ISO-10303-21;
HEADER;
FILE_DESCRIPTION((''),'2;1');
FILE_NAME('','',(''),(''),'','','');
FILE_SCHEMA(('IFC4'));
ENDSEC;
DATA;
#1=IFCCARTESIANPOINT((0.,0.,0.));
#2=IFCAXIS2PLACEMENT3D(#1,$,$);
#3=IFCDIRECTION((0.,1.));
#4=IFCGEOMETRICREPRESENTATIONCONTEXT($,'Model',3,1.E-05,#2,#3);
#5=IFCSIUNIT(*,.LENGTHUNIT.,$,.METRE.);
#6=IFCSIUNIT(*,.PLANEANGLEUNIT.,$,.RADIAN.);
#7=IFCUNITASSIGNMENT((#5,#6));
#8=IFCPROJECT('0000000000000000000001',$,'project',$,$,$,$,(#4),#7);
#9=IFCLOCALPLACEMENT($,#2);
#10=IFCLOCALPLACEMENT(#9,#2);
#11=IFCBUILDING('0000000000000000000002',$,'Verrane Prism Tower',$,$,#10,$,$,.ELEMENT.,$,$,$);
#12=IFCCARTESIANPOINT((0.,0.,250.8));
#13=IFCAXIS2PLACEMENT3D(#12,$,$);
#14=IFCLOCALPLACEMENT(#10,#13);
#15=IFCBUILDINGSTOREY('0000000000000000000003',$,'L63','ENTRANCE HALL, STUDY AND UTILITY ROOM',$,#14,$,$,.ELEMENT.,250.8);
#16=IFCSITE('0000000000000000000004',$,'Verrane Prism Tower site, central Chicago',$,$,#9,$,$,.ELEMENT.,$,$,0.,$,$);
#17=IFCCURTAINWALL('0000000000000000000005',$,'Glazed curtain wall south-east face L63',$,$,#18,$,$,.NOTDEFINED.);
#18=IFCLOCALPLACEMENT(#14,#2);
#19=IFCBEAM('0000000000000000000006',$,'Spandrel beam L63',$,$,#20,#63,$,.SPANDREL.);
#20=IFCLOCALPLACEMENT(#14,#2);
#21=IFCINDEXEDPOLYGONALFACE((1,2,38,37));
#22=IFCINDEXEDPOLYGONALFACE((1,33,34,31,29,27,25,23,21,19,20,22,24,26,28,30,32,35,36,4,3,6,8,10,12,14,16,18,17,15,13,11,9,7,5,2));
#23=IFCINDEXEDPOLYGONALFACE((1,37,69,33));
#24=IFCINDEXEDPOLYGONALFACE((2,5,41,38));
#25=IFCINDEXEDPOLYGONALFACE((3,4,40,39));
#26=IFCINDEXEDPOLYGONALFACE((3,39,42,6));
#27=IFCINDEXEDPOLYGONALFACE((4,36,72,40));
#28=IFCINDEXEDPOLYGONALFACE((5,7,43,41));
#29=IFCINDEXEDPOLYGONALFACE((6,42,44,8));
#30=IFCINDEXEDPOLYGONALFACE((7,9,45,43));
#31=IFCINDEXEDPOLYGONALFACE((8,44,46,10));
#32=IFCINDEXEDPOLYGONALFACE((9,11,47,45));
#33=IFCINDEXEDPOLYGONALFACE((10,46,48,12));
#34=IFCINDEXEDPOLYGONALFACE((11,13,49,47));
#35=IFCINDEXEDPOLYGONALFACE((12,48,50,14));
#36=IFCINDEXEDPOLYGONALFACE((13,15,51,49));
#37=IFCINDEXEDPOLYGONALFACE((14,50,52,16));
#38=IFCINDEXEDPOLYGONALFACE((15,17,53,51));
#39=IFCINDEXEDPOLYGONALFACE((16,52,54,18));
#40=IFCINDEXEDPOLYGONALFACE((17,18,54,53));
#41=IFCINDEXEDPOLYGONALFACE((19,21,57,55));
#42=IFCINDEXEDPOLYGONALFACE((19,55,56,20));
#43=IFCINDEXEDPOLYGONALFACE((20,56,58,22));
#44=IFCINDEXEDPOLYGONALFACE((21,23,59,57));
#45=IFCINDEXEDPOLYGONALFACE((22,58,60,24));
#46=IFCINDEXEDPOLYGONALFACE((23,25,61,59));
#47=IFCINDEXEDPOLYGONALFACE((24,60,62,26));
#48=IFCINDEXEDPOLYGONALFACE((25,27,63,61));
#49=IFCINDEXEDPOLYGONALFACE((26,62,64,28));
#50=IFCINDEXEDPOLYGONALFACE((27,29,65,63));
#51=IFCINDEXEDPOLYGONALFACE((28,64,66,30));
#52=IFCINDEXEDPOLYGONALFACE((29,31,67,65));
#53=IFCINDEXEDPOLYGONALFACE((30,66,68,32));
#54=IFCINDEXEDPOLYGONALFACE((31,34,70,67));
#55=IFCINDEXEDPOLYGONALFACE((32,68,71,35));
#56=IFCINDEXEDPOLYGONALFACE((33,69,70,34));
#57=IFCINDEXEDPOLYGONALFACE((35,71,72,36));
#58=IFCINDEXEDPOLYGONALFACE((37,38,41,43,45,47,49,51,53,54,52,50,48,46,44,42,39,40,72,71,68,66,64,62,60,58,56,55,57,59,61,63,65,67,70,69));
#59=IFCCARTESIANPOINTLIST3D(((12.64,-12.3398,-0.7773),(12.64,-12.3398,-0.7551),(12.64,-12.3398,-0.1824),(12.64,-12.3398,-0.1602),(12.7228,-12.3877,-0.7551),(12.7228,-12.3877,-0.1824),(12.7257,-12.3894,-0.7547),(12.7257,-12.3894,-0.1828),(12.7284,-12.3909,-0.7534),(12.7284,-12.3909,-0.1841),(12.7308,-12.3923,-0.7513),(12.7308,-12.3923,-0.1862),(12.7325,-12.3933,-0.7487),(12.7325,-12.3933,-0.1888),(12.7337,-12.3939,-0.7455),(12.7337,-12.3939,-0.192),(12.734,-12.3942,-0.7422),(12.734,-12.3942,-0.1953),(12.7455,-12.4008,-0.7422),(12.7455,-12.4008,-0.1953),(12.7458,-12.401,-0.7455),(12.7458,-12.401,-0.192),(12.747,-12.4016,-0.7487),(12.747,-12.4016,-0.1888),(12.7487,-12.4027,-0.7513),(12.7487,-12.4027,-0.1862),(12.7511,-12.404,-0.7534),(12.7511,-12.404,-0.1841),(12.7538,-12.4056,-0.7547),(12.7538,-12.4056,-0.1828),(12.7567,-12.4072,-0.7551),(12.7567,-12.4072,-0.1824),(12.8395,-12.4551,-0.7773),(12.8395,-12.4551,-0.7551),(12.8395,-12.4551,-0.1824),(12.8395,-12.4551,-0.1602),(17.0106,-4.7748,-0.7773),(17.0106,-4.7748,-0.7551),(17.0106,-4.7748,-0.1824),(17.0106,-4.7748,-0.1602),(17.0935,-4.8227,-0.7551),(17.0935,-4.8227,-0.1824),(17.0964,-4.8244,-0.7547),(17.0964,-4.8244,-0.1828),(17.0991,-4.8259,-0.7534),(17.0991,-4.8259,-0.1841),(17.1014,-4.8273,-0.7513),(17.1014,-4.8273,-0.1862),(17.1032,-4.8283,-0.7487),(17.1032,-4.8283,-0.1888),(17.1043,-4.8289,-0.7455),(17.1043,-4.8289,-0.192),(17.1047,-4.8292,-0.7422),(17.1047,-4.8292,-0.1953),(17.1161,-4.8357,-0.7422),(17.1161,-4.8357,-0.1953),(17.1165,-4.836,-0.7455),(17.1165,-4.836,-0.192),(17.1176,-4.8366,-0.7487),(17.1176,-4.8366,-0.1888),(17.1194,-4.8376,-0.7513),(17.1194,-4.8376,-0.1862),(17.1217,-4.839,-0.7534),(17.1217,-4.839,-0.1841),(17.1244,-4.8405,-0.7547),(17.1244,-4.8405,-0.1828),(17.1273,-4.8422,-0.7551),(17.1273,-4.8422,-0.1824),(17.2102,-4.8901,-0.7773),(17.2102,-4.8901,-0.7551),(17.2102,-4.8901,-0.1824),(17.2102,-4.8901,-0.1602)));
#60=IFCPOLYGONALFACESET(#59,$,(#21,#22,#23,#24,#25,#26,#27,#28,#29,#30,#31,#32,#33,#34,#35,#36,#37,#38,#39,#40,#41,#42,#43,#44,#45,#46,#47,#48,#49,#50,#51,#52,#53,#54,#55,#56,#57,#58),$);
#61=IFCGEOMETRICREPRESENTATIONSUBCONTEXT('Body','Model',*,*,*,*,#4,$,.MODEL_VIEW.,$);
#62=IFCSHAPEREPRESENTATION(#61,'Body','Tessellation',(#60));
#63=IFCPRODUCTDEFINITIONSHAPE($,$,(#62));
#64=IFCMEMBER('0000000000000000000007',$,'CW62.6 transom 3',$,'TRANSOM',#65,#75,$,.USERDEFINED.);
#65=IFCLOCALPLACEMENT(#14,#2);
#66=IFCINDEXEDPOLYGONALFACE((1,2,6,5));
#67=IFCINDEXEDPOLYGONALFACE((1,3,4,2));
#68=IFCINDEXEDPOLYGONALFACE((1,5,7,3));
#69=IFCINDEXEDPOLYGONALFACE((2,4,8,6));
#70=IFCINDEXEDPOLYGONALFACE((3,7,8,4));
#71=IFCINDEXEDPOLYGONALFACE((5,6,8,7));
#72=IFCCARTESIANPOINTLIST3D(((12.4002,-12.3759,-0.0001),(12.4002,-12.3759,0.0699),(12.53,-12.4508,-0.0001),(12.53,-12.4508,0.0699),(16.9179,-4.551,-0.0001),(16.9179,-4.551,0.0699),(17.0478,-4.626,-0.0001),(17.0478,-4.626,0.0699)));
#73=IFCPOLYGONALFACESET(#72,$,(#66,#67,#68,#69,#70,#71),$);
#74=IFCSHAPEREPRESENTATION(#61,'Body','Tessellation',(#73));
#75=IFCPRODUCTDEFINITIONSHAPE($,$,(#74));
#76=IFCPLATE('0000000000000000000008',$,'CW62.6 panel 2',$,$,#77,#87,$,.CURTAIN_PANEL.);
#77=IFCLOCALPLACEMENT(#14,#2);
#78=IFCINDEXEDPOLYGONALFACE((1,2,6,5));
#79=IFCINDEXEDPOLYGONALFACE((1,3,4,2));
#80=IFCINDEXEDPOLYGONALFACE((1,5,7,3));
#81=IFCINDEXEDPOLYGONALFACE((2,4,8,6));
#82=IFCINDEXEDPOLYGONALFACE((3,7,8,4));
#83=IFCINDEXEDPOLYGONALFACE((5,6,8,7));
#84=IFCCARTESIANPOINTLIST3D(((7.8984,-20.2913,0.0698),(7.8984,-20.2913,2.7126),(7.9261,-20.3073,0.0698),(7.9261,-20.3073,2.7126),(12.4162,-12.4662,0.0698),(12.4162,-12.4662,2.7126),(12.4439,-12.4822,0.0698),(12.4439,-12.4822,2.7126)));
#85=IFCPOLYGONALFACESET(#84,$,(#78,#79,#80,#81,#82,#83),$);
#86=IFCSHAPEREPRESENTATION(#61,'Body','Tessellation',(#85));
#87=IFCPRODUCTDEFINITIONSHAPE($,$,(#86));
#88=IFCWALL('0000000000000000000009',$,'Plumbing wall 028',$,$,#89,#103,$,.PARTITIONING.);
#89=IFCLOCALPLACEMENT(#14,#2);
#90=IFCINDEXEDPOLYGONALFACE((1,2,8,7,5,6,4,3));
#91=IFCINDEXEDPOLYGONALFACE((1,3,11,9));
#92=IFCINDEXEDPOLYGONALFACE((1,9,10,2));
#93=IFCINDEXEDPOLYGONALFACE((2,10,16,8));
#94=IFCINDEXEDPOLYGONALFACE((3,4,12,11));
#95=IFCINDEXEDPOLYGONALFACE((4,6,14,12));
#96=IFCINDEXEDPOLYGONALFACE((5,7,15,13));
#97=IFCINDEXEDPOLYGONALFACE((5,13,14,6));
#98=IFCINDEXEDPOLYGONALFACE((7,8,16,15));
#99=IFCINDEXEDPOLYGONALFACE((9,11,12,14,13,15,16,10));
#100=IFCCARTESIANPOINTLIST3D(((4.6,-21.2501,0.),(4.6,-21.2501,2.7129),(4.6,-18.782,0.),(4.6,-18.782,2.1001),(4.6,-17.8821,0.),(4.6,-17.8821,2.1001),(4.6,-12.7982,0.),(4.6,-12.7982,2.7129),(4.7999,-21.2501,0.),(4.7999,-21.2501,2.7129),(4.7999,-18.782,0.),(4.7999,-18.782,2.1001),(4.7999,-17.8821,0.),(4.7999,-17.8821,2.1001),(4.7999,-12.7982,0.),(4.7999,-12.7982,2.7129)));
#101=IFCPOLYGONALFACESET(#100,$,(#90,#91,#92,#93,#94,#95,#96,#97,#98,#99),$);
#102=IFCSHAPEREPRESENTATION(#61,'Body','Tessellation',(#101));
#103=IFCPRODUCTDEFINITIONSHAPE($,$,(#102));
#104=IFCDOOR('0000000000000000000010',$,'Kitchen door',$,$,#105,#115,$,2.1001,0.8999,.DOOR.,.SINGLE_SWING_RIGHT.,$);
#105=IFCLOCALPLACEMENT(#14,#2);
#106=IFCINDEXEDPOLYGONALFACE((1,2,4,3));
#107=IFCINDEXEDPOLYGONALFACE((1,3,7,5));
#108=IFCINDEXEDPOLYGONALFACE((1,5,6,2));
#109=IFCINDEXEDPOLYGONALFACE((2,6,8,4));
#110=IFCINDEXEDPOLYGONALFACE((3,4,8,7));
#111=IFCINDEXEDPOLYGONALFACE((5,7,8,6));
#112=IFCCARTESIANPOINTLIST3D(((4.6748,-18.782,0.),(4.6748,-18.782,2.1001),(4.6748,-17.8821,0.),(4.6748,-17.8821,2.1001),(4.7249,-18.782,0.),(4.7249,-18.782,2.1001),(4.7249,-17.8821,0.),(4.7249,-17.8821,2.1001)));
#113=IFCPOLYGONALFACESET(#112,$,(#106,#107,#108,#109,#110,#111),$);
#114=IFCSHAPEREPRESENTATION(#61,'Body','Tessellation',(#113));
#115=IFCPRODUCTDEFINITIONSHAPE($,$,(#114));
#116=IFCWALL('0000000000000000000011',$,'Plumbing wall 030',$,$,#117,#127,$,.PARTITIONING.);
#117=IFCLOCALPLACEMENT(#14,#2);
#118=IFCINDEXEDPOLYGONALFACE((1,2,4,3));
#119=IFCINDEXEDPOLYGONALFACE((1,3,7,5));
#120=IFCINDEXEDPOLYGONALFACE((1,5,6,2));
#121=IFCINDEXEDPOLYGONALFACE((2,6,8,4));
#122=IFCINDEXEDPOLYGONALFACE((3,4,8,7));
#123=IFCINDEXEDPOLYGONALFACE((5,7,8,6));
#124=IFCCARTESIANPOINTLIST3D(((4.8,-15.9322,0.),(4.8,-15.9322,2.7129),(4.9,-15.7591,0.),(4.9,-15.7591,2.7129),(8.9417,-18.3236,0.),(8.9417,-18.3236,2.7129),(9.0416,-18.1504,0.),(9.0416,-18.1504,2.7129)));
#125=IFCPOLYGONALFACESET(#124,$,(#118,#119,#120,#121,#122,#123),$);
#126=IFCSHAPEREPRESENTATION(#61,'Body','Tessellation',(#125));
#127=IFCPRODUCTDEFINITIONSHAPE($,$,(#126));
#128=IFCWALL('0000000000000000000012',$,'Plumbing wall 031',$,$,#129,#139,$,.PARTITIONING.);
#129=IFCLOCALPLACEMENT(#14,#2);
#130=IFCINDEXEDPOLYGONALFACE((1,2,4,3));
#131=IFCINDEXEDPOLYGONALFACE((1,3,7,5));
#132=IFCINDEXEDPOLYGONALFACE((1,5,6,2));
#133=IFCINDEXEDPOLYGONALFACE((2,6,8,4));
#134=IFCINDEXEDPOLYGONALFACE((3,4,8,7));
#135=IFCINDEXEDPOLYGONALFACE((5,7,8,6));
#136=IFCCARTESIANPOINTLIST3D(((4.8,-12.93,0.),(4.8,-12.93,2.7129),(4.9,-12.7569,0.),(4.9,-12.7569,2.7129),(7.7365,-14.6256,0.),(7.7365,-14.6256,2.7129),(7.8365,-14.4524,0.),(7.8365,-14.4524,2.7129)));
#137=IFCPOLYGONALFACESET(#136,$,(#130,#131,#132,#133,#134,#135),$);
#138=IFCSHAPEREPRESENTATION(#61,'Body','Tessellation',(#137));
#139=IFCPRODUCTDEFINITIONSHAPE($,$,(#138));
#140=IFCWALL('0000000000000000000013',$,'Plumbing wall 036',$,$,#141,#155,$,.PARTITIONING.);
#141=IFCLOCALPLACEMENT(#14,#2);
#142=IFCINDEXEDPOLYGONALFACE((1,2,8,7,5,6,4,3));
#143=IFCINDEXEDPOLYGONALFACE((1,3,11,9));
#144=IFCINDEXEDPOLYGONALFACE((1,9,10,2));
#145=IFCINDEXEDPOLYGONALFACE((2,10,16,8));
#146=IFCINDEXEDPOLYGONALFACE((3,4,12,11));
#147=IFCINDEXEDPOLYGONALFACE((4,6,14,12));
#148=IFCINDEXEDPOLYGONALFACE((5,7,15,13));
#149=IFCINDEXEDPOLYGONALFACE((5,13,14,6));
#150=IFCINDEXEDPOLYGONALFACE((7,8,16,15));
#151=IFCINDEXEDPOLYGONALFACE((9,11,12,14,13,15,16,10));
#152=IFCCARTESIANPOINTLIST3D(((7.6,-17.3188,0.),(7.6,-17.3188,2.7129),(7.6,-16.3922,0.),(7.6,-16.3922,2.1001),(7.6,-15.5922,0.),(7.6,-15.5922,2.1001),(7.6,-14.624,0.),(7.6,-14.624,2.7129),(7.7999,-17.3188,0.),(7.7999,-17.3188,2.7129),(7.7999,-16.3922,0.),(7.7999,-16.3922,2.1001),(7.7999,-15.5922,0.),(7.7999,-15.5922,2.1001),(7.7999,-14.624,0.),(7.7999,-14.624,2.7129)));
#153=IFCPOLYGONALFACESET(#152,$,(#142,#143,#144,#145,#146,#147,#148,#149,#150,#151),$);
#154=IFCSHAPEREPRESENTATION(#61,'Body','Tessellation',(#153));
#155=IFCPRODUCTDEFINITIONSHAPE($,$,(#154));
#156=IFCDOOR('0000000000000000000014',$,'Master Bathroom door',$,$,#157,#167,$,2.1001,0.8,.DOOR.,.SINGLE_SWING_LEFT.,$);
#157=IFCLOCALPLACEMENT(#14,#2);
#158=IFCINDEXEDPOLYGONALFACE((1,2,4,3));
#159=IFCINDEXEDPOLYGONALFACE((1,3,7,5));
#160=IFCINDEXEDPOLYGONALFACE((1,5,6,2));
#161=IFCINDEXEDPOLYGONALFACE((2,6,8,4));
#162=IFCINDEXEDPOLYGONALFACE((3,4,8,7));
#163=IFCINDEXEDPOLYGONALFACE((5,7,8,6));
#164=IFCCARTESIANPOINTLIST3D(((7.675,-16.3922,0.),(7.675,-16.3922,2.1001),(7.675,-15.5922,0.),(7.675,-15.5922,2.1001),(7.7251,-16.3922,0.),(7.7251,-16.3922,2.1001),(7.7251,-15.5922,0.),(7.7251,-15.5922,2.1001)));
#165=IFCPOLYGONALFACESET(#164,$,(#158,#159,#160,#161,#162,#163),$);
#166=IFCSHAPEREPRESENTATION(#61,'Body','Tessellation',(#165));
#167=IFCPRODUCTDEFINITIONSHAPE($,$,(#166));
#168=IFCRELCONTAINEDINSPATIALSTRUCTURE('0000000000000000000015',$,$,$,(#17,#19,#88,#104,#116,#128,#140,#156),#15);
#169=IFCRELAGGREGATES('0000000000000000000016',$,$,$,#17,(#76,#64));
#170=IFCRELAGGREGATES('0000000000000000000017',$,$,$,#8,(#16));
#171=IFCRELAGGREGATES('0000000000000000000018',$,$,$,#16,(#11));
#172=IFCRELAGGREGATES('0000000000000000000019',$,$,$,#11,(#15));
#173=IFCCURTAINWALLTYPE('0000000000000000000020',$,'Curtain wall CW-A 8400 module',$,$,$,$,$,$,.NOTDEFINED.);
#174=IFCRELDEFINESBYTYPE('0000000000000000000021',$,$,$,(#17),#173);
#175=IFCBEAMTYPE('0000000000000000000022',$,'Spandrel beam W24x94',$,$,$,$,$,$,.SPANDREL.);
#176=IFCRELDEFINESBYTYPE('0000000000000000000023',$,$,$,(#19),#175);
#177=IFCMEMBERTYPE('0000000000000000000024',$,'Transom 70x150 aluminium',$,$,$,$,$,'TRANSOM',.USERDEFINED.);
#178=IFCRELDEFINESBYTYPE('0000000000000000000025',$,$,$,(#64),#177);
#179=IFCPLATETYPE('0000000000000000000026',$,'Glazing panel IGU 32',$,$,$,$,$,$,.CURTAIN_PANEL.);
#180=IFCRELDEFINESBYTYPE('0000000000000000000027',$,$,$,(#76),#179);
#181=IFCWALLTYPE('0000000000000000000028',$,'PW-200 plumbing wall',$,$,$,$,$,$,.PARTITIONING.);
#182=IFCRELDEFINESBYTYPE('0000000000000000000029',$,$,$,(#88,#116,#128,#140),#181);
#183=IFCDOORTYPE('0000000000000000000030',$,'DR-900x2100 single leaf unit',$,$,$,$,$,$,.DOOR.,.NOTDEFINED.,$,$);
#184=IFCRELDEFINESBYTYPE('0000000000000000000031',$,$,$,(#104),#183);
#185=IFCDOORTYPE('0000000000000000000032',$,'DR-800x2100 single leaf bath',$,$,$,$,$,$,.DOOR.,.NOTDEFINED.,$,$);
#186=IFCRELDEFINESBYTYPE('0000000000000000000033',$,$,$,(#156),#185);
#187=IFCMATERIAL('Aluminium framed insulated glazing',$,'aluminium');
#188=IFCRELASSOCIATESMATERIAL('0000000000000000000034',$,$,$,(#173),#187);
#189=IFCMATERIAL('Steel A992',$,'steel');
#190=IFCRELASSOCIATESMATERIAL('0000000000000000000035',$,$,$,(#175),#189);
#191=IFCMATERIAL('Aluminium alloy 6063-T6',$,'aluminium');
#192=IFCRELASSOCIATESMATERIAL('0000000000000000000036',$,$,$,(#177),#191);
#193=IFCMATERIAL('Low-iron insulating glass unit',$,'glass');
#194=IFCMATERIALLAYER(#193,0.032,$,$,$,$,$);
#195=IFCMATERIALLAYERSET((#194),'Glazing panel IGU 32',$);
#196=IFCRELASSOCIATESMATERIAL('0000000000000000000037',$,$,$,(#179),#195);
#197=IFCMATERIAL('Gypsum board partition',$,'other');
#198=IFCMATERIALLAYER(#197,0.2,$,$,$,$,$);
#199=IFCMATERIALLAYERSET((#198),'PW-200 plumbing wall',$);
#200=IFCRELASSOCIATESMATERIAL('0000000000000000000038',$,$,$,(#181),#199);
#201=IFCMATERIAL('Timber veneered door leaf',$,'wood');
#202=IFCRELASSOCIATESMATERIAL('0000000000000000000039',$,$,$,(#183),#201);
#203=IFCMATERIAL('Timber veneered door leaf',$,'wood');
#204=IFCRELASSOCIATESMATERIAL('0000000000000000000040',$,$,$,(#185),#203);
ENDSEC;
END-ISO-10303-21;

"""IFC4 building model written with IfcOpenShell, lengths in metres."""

from ifc_helpers import new_model, si_unit, direction, frame, frame_2d, origin, origin_2d, place, context, subcontext, project, spatial, rectangle, i_section, extrude, material, layer, layer_set, material_profile, profile_set, type_object, element, fill, aggregate, save


model = new_model("IFC4")

# Units and contexts
model_context = context("Model", 3, precision=1e-05, world=origin(), true_north=direction((0.0, 1.0)))
body_context = subcontext(model_context, "Body", "Model", "MODEL_VIEW")
ifc_project = project(units=[si_unit("LENGTHUNIT", "METRE"), si_unit("PLANEANGLEUNIT", "RADIAN")], contexts=[model_context])

# Site, building, storey
site_placement = place(None, origin())
site = spatial("IfcSite", under=ifc_project, at=site_placement, Name="Verrane Prism Tower site, central Chicago", CompositionType="ELEMENT", RefElevation=0.0)
building_placement = place(site_placement, origin())
building = spatial("IfcBuilding", under=site, at=building_placement, Name="Verrane Prism Tower", CompositionType="ELEMENT")
storey_placement = place(building_placement, frame((0.0, 0.0, 250.8)))
storey = spatial("IfcBuildingStorey", under=building, at=storey_placement, Name="L63", Description="ENTRANCE HALL, STUDY AND UTILITY ROOM", CompositionType="ELEMENT", Elevation=250.8)

# Curtain wall
ifc_material_1 = material(Name="Aluminium framed insulated glazing", Category="aluminium")
curtain_wall_type = type_object("IfcCurtainWallType", Name="Curtain wall CW-A 8400 module", PredefinedType="NOTDEFINED", material=ifc_material_1)
curtain_wall_placement = place(storey_placement, origin())
curtain_wall = element("IfcCurtainWall", 1, at=curtain_wall_placement, inside=storey, type_object=curtain_wall_type, Name="Glazed curtain wall south-east face L63", PredefinedType="NOTDEFINED")

# Beam
ifc_material_2 = material(Name="Steel A992", Category="steel")
ifc_material_profile_1 = material_profile(ifc_material_2, i_section(OverallWidth=0.2305, OverallDepth=0.6172, WebThickness=0.0132, FlangeThickness=0.0222, FilletRadius=0.0129, at=origin_2d()), Name="W24x94")
ifc_profile_set_1 = profile_set([ifc_material_profile_1], Name="Steel A992")
beam_type_1 = type_object("IfcBeamType", Name="Spandrel beam W24x94", PredefinedType="SPANDREL", material=ifc_profile_set_1)
beam_1_placement = place(storey_placement, frame((12.7397, -12.3975, -0.4688), z_axis=(0.500256, 0.865877, 0.0), x_axis=(-0.865877, 0.500256, 0.0)))
element("IfcBeam", 2, at=beam_1_placement, inside=storey, type_object=beam_type_1, Name="Spandrel beam L63", PredefinedType="SPANDREL", context=body_context, shape_type="SweptSolid", body=[
    extrude(i_section(OverallWidth=0.2305, OverallDepth=0.6172, WebThickness=0.0132, FlangeThickness=0.0222, FilletRadius=0.0129, at=origin_2d()), origin(), (0.0, 0.0, 1.0), 8.7368),
])

# Member
ifc_material_3 = material(Name="Aluminium alloy 6063-T6", Category="aluminium")
ifc_material_profile_2 = material_profile(ifc_material_3, rectangle(XDim=0.1499, YDim=0.0701, at=origin_2d()), Name="Transom 70x150 aluminium")
ifc_profile_set_2 = profile_set([ifc_material_profile_2], Name="Aluminium alloy 6063-T6")
member_type_1 = type_object("IfcMemberType", Name="Transom 70x150 aluminium", ElementType="TRANSOM", PredefinedType="USERDEFINED", material=ifc_profile_set_2)
member_1_placement = place(storey_placement, frame((12.4651, -12.4133, 0.0349), z_axis=(0.500007, 0.866021, 0.0), x_axis=(-0.866021, 0.500007, 0.0)))
member_1 = element("IfcMember", 3, at=member_1_placement, type_object=member_type_1, Name="CW62.6 transom 3", ObjectType="TRANSOM", PredefinedType="USERDEFINED", context=body_context, shape_type="SweptSolid", body=[
    extrude(rectangle(XDim=0.1499, YDim=0.0701, at=origin_2d()), origin(), (0.0, 0.0, 1.0), 9.0354),
])

# Plate
ifc_material_4 = material(Name="Low-iron insulating glass unit", Category="glass")
ifc_layer_1 = layer(ifc_material_4, 0.032)
ifc_layer_set_1 = layer_set([ifc_layer_1], Name="Glazing panel IGU 32")
plate_type = type_object("IfcPlateType", Name="Glazing panel IGU 32", PredefinedType="CURTAIN_PANEL", material=ifc_layer_set_1)
plate_placement = place(storey_placement, frame((10.1711, -16.3867, 0.0698), z_axis=(0.0, 0.0, 1.0), x_axis=(0.5, 0.866026, 0.0)))
plate = element("IfcPlate", 4, at=plate_placement, type_object=plate_type, Name="CW62.6 panel 2", PredefinedType="CURTAIN_PANEL", context=body_context, shape_type="SweptSolid", body=[
    extrude(rectangle(XDim=9.0356, YDim=0.032, at=origin_2d()), origin(), (0.0, 0.0, 1.0), 2.6428),
])
aggregate(curtain_wall, [plate, member_1])

# Wall, opening, door
ifc_material_5 = material(Name="Gypsum board partition", Category="other")
ifc_layer_2 = layer(ifc_material_5, 0.2)
ifc_layer_set_2 = layer_set([ifc_layer_2], Name="PW-200 plumbing wall")
wall_type = type_object("IfcWallType", Name="PW-200 plumbing wall", PredefinedType="PARTITIONING", material=ifc_layer_set_2)
wall_1_placement = place(storey_placement, frame((4.7, -12.7981, 0.0), z_axis=(0.0, 0.0, 1.0), x_axis=(0.0, -1.0, 0.0)))
wall_1 = element("IfcWall", 5, at=wall_1_placement, inside=storey, type_object=wall_type, Name="Plumbing wall 028", PredefinedType="PARTITIONING", context=body_context, shape_type="SweptSolid", body=[
    extrude(rectangle(XDim=8.4519, YDim=0.2, at=frame_2d((4.2261, 0.0))), origin(), (0.0, 0.0, 1.0), 2.7129),
])
opening_1_placement = place(wall_1_placement, frame((5.084, 0.0, 0.0)))
opening_1 = element("IfcOpeningElement", 6, at=opening_1_placement, cuts=wall_1, PredefinedType="OPENING", context=body_context, shape_type="SweptSolid", body=[
    extrude(rectangle(XDim=0.8999, YDim=2.1001, at=frame_2d((0.45, 1.05))), frame((0.0, 0.1099, 0.0), z_axis=(0.0, -1.0, 0.0), x_axis=(1.0, 0.0, 0.0)), (0.0, 0.0, 1.0), 0.22),
])
ifc_material_6 = material(Name="Timber veneered door leaf", Category="wood")
door_type_1 = type_object("IfcDoorType", Name="DR-900x2100 single leaf unit", OperationType="NOTDEFINED", PredefinedType="DOOR", material=ifc_material_6)
door_1_placement = place(opening_1_placement, origin())
door_1 = element("IfcDoor", 7, at=door_1_placement, inside=storey, type_object=door_type_1, Name="Kitchen door", OperationType="SINGLE_SWING_RIGHT", OverallHeight=2.1001, OverallWidth=0.8999, PredefinedType="DOOR", context=body_context, shape_type="SweptSolid", body=[
    extrude(rectangle(XDim=0.8999, YDim=2.1001, at=frame_2d((0.45, 1.05))), frame((0.0, 0.0249, 0.0), z_axis=(0.0, -1.0, 0.0), x_axis=(1.0, 0.0, 0.0)), (0.0, 0.0, 1.0), 0.05),
])
fill(opening_1, door_1)

# Walls
wall_2_placement = place(storey_placement, frame((4.8501, -15.8457, 0.0), z_axis=(0.0, 0.0, 1.0), x_axis=(0.866007, -0.500032, 0.0)))
element("IfcWall", 8, at=wall_2_placement, inside=storey, type_object=wall_type, Name="Plumbing wall 030", PredefinedType="PARTITIONING", context=body_context, shape_type="SweptSolid", body=[
    extrude(rectangle(XDim=4.7825, YDim=0.2, at=frame_2d((2.3911, 0.0))), origin(), (0.0, 0.0, 1.0), 2.7129),
])
wall_3_placement = place(storey_placement, frame((4.8501, -12.8435, 0.0), z_axis=(0.0, 0.0, 1.0), x_axis=(0.866006, -0.500034, 0.0)))
element("IfcWall", 9, at=wall_3_placement, inside=storey, type_object=wall_type, Name="Plumbing wall 031", PredefinedType="PARTITIONING", context=body_context, shape_type="SweptSolid", body=[
    extrude(rectangle(XDim=3.3909, YDim=0.2, at=frame_2d((1.6953, 0.0))), origin(), (0.0, 0.0, 1.0), 2.7129),
])

# Wall, opening, door
wall_4_placement = place(storey_placement, frame((7.7, -17.3188, 0.0), z_axis=(0.0, 0.0, 1.0), x_axis=(0.0, 1.0, 0.0)))
wall_4 = element("IfcWall", 10, at=wall_4_placement, inside=storey, type_object=wall_type, Name="Plumbing wall 036", PredefinedType="PARTITIONING", context=body_context, shape_type="SweptSolid", body=[
    extrude(rectangle(XDim=2.6948, YDim=0.2, at=frame_2d((1.3474, 0.0))), origin(), (0.0, 0.0, 1.0), 2.7129),
])
opening_2_placement = place(wall_4_placement, frame((0.9268, 0.0, 0.0)))
opening_2 = element("IfcOpeningElement", 11, at=opening_2_placement, cuts=wall_4, PredefinedType="OPENING", context=body_context, shape_type="SweptSolid", body=[
    extrude(rectangle(XDim=0.8, YDim=2.1001, at=frame_2d((0.3999, 1.05))), frame((0.0, 0.1099, 0.0), z_axis=(0.0, -1.0, 0.0), x_axis=(1.0, 0.0, 0.0)), (0.0, 0.0, 1.0), 0.22),
])
ifc_material_7 = material(Name="Timber veneered door leaf", Category="wood")
door_type_2 = type_object("IfcDoorType", Name="DR-800x2100 single leaf bath", OperationType="NOTDEFINED", PredefinedType="DOOR", material=ifc_material_7)
door_2_placement = place(opening_2_placement, origin())
door_2 = element("IfcDoor", 12, at=door_2_placement, inside=storey, type_object=door_type_2, Name="Master Bathroom door", OperationType="SINGLE_SWING_LEFT", OverallHeight=2.1001, OverallWidth=0.8, PredefinedType="DOOR", context=body_context, shape_type="SweptSolid", body=[
    extrude(rectangle(XDim=0.8, YDim=2.1001, at=frame_2d((0.3999, 1.05))), frame((0.0, 0.0249, 0.0), z_axis=(0.0, -1.0, 0.0), x_axis=(1.0, 0.0, 0.0)), (0.0, 0.0, 1.0), 0.05),
])
fill(opening_2, door_2)

save(model, "model.ifc")
